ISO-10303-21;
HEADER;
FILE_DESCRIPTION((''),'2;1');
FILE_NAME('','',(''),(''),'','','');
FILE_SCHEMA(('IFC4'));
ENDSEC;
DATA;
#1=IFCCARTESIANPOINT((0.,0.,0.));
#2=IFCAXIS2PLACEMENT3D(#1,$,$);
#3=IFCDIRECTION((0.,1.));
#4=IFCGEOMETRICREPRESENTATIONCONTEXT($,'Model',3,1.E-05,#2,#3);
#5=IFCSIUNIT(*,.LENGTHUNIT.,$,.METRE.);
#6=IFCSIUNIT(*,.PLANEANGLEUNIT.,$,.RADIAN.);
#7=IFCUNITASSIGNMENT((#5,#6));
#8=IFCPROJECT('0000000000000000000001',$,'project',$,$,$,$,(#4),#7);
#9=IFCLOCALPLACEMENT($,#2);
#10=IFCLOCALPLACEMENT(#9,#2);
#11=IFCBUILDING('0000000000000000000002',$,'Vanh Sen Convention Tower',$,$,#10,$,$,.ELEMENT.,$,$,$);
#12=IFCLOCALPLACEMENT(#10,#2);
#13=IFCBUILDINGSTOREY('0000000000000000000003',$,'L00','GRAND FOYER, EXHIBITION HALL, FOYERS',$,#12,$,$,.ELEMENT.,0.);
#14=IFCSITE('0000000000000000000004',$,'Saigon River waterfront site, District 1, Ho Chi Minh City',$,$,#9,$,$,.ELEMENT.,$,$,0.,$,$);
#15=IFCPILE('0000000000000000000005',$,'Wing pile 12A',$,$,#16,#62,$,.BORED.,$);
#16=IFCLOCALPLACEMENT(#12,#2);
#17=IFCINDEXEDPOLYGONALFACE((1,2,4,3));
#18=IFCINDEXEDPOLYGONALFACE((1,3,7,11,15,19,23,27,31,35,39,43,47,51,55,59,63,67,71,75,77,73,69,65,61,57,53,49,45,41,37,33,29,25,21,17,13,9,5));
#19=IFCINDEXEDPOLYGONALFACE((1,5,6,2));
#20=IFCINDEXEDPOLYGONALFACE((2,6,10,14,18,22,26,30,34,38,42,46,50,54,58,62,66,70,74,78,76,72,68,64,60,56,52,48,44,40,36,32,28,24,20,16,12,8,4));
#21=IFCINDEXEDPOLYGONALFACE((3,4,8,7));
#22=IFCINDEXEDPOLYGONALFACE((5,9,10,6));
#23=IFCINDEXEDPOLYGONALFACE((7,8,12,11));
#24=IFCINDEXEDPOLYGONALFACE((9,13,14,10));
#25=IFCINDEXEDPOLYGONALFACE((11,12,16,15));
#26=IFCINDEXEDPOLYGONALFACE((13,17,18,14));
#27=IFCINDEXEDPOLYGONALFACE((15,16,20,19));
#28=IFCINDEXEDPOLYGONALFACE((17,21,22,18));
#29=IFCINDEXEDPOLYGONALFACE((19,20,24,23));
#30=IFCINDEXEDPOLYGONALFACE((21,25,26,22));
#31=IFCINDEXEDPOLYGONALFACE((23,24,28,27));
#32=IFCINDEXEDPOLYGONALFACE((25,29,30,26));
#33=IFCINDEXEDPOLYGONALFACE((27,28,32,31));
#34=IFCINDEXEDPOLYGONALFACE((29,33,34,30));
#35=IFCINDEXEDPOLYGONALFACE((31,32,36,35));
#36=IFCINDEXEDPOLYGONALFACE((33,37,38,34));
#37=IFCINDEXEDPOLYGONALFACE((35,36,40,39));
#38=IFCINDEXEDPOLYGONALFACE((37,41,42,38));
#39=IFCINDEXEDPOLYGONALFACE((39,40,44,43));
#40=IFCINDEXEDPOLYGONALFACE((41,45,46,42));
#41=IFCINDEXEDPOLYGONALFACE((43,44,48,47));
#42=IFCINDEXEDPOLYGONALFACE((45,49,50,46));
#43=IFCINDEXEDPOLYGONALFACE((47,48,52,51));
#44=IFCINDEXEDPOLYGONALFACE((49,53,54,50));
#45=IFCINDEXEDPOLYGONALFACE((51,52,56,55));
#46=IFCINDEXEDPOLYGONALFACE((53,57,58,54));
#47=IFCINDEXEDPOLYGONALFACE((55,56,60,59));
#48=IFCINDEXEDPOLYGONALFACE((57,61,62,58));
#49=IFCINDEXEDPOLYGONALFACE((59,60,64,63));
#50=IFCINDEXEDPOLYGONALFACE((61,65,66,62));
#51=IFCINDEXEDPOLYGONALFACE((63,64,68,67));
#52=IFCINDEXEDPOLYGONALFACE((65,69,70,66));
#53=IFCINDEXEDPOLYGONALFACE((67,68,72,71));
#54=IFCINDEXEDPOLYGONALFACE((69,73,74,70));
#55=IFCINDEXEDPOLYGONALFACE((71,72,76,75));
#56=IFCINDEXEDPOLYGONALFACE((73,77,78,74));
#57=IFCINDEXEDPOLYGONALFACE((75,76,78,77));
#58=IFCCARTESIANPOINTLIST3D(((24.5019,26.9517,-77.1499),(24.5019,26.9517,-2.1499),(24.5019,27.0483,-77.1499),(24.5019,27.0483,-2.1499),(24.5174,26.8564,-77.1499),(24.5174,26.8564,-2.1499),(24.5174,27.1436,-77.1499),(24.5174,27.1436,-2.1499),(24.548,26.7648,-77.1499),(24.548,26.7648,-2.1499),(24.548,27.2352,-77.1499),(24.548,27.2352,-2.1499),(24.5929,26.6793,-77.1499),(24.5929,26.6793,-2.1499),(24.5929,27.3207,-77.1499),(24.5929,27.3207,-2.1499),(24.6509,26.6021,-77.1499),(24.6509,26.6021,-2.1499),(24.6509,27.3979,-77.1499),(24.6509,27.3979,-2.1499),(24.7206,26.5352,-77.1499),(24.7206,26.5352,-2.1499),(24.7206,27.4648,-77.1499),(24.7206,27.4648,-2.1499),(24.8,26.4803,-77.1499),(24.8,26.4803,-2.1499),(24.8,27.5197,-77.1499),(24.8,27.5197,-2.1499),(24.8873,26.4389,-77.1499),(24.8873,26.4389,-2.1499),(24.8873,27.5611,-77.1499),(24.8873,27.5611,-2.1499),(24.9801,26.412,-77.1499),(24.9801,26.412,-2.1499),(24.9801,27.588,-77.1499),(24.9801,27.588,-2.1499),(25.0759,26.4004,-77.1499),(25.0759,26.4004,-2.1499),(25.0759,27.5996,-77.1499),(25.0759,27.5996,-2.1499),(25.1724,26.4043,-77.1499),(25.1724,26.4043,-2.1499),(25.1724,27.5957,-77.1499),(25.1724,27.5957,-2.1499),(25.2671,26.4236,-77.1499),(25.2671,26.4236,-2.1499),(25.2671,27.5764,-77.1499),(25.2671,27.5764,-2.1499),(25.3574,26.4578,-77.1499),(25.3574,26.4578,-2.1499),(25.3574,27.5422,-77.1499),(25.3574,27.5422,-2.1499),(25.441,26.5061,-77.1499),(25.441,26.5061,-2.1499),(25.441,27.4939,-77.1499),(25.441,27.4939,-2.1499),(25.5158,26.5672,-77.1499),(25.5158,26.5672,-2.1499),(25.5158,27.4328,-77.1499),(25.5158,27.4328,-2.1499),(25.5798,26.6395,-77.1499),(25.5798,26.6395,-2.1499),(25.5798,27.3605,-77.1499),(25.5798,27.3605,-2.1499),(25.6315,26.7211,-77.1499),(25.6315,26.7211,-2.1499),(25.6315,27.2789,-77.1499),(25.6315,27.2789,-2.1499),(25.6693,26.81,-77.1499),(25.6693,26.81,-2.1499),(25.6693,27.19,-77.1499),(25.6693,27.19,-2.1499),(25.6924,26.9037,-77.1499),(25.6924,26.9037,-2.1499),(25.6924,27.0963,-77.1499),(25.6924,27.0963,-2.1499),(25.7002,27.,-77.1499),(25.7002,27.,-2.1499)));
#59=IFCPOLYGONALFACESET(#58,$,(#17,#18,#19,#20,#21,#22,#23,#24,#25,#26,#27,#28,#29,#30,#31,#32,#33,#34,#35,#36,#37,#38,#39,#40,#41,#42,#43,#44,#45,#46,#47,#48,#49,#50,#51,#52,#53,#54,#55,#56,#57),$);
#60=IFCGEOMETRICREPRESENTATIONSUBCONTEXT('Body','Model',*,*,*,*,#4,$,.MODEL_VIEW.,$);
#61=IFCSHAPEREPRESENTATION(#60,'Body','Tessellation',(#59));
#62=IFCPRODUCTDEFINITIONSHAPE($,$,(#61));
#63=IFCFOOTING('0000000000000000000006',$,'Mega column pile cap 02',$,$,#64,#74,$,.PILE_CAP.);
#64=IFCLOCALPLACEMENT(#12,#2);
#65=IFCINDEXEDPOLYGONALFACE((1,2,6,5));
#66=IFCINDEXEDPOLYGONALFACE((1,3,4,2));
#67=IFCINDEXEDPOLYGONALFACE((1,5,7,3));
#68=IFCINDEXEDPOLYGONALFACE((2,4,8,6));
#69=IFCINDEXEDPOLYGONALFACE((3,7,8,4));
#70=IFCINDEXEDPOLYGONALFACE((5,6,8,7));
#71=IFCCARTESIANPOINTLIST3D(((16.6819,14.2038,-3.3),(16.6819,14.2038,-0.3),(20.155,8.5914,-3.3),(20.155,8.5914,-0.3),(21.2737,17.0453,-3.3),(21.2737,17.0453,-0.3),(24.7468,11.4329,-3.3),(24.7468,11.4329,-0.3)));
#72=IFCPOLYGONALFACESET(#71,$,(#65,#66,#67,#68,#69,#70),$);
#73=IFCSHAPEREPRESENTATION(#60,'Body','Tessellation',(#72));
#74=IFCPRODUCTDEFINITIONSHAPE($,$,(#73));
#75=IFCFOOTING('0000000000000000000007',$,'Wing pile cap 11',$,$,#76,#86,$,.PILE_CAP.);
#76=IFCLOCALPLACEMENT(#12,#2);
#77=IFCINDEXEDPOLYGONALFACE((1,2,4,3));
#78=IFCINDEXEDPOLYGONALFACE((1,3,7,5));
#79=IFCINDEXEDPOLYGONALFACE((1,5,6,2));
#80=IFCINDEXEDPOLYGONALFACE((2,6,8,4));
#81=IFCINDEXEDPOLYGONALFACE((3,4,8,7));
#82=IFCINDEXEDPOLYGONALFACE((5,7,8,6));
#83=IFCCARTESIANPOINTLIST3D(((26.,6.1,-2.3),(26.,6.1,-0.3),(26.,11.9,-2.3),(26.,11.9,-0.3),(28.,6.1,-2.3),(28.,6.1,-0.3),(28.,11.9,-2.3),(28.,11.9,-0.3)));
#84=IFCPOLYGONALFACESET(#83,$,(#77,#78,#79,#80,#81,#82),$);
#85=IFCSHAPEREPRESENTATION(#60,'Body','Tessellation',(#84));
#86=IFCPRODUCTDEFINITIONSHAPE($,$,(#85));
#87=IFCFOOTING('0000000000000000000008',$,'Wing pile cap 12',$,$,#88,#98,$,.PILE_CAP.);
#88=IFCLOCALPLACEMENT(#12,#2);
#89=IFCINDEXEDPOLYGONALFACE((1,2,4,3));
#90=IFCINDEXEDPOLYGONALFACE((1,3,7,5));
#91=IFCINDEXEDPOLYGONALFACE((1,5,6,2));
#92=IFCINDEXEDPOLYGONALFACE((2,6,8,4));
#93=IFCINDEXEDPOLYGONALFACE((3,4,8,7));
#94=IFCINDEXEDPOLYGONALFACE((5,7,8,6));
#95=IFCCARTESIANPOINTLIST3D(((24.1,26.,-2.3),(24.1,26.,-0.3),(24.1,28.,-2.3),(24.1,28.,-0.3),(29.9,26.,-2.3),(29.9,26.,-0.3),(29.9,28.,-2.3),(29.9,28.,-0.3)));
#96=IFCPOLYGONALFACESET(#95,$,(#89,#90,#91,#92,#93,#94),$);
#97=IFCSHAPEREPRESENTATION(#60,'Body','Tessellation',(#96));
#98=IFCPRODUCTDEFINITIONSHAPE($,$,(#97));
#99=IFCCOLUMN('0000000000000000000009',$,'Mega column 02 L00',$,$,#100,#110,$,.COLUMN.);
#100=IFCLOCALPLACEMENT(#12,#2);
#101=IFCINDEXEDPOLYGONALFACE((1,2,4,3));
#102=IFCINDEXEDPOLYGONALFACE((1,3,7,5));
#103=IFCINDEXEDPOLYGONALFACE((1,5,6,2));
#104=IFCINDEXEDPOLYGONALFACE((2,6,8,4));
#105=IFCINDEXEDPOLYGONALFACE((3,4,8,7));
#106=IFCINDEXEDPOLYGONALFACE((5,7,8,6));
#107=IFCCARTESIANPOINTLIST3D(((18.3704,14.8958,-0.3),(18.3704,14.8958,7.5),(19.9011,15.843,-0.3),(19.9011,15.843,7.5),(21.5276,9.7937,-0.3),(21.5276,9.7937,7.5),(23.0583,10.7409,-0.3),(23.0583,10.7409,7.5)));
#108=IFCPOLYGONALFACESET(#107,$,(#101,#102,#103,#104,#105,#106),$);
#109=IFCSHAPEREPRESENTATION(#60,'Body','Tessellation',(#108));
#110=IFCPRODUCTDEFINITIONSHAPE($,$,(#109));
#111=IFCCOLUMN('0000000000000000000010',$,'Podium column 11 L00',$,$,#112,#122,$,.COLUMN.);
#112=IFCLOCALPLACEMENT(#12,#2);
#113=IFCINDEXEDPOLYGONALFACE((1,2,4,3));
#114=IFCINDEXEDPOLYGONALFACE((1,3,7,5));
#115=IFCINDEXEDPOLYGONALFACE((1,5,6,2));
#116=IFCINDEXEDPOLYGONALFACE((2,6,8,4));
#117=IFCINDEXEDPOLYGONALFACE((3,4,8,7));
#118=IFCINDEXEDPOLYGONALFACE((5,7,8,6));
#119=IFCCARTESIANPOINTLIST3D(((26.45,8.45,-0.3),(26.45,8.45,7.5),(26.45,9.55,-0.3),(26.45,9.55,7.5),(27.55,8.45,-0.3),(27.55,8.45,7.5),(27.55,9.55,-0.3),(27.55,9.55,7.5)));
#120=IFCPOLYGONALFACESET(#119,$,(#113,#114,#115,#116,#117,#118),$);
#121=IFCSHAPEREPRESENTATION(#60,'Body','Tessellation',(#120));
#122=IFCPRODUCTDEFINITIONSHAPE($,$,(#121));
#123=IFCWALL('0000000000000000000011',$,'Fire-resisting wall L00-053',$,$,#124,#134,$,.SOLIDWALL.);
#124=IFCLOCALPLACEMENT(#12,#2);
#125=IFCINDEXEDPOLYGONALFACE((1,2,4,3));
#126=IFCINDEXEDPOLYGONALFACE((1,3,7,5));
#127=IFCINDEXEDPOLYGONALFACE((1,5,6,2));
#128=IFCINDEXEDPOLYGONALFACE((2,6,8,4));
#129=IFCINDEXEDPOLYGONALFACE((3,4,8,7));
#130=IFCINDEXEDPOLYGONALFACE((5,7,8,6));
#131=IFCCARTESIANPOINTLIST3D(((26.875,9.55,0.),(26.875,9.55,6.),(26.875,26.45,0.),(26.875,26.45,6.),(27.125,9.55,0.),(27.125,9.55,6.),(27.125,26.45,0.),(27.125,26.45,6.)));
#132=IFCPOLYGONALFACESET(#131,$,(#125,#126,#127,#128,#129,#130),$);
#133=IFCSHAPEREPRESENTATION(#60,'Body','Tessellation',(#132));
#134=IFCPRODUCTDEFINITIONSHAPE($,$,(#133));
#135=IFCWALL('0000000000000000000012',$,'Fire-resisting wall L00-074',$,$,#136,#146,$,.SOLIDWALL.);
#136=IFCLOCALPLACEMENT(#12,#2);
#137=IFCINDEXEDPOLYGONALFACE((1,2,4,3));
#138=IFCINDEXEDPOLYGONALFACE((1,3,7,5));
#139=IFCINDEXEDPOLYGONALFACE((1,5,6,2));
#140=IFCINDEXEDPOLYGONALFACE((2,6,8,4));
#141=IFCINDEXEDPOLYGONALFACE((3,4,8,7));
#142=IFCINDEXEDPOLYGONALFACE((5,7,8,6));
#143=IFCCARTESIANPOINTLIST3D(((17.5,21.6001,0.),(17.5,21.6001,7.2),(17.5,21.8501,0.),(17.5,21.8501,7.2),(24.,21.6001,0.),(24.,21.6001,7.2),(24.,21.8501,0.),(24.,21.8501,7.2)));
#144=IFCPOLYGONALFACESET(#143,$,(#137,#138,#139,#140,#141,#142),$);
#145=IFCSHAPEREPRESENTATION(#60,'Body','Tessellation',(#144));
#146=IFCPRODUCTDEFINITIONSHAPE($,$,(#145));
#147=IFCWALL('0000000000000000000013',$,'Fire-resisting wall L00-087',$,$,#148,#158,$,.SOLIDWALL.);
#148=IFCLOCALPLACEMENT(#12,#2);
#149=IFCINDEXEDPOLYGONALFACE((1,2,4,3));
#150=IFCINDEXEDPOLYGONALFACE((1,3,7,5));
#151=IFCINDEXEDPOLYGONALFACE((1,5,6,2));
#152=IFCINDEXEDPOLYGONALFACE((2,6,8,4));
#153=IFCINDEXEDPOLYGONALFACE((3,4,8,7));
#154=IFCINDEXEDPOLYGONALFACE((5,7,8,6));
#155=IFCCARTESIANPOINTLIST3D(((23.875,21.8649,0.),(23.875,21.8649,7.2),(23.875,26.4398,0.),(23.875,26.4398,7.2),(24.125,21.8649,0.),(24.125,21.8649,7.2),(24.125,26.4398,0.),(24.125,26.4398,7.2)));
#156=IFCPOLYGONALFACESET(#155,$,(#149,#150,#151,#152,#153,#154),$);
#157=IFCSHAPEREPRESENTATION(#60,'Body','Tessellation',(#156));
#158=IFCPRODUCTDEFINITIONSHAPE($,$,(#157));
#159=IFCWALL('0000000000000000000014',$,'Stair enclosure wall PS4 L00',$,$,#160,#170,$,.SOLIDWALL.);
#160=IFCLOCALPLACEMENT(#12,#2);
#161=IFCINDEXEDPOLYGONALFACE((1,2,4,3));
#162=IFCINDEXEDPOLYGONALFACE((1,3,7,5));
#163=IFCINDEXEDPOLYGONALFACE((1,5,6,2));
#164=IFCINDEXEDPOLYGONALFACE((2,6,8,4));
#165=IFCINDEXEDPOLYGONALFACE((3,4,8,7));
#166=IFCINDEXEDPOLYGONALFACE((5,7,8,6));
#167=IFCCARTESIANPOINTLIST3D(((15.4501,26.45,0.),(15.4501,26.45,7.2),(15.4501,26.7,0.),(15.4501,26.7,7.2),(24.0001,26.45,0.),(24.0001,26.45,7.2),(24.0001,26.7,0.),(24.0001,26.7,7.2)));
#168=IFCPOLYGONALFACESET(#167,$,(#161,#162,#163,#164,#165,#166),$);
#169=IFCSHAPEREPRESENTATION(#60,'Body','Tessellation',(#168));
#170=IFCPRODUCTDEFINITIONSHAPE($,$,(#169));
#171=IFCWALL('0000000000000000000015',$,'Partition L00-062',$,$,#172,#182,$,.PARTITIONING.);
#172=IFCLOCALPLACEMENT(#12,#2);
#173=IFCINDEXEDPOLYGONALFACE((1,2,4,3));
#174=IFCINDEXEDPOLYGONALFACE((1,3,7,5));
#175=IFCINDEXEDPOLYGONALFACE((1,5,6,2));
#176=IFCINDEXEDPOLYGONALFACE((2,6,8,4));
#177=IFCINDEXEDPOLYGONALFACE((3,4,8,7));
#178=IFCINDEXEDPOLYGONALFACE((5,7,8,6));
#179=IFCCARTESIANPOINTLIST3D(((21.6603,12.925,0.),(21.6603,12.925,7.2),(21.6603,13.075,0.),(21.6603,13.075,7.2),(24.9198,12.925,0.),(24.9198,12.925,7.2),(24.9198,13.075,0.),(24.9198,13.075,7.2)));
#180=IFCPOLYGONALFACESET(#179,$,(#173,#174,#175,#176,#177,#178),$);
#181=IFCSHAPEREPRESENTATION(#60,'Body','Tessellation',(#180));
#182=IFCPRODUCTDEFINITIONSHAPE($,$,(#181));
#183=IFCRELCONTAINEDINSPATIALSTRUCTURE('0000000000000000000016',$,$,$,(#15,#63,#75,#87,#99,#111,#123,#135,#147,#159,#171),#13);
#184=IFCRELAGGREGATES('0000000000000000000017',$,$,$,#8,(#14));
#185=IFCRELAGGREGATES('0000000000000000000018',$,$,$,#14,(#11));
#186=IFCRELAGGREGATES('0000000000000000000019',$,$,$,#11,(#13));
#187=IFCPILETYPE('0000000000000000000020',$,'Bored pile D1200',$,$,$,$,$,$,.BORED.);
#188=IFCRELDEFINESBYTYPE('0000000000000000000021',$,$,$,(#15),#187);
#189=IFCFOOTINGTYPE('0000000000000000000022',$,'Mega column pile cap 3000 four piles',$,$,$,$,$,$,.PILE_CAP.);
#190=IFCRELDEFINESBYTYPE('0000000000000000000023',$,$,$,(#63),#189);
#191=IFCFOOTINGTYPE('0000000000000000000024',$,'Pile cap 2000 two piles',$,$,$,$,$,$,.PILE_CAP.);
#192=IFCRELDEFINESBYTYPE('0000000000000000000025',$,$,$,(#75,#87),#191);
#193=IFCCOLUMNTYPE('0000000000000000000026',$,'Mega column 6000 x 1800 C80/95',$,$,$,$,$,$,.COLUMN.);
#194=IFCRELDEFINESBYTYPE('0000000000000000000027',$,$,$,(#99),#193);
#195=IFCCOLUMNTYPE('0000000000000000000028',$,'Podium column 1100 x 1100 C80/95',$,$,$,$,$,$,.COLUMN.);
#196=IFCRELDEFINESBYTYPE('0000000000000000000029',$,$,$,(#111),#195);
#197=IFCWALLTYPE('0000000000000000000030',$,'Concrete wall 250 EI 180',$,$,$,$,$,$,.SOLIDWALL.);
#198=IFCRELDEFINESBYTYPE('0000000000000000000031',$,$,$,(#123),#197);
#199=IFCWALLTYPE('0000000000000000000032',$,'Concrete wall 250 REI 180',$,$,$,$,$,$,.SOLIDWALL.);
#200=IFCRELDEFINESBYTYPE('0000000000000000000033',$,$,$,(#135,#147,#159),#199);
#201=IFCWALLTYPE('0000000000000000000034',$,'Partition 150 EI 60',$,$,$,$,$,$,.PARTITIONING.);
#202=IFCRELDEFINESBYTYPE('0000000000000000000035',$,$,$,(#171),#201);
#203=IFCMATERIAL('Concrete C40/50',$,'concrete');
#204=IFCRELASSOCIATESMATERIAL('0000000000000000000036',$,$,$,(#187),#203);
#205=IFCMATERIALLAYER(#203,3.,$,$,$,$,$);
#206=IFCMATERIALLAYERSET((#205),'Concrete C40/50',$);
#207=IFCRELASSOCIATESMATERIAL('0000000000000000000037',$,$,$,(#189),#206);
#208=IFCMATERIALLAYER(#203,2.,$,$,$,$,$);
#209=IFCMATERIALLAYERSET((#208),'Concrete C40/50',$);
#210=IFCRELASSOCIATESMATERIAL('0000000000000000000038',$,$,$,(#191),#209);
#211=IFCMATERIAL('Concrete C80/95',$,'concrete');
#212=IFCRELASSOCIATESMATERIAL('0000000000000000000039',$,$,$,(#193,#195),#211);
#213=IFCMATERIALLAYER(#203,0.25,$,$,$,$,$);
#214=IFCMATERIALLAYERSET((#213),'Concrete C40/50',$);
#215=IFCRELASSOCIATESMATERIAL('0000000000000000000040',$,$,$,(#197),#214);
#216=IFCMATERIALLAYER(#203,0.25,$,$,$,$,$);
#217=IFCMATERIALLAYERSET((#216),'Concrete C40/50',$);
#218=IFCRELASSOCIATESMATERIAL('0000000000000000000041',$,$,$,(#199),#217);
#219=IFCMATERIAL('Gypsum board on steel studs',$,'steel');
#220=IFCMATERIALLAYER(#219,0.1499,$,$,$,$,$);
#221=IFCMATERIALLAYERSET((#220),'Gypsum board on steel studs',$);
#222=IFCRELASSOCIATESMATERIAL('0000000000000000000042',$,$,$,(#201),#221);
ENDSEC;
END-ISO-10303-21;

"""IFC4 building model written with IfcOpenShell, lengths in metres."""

from ifc_helpers import new_model, si_unit, direction, frame, frame_2d, origin, origin_2d, place, context, subcontext, project, spatial, rectangle, circle, extrude, material, layer, layer_set, material_profile, profile_set, type_object, element, save


model = new_model("IFC4")

# Units and contexts
model_context = context("Model", 3, precision=1e-05, world=origin(), true_north=direction((0.0, 1.0)))
body_context = subcontext(model_context, "Body", "Model", "MODEL_VIEW")
ifc_project = project(units=[si_unit("LENGTHUNIT", "METRE"), si_unit("PLANEANGLEUNIT", "RADIAN")], contexts=[model_context])

# Site, building, storey
site_placement = place(None, origin())
site = spatial("IfcSite", under=ifc_project, at=site_placement, Name="Saigon River waterfront site, District 1, Ho Chi Minh City", CompositionType="ELEMENT", RefElevation=0.0)
building_placement = place(site_placement, origin())
building = spatial("IfcBuilding", under=site, at=building_placement, Name="Vanh Sen Convention Tower", CompositionType="ELEMENT")
storey_placement = place(building_placement, origin())
storey = spatial("IfcBuildingStorey", under=building, at=storey_placement, Name="L00", Description="GRAND FOYER, EXHIBITION HALL, FOYERS", CompositionType="ELEMENT", Elevation=0.0)

# Pile
ifc_material_1 = material(Name="Concrete C40/50", Category="concrete")
ifc_material_profile_1 = material_profile(ifc_material_1, circle(Radius=0.6001, at=origin_2d()), Name="Bored pile D1200")
ifc_profile_set_1 = profile_set([ifc_material_profile_1], Name="Concrete C40/50")
pile_type = type_object("IfcPileType", Name="Bored pile D1200", PredefinedType="BORED", material=ifc_profile_set_1)
for number, where, z_axis, x_axis, name in (
    (1, (25.1001, 27.0, -2.1499), (0.0, 0.0, -1.0), (1.0, 0.0, 0.0), "Wing pile 12A"),
):
    element("IfcPile", number, at=place(storey_placement, frame(where, z_axis=z_axis, x_axis=x_axis)), inside=storey, type_object=pile_type, Name=name, PredefinedType="BORED", context=body_context, shape_type="SweptSolid", body=[
        extrude(circle(Radius=0.6001, at=origin_2d()), origin(), (0.0, 0.0, 1.0), 75.0),
    ])

# Footings
ifc_layer_1 = layer(ifc_material_1, 3.0)
ifc_layer_set_1 = layer_set([ifc_layer_1], Name="Concrete C40/50")
footing_type_1 = type_object("IfcFootingType", Name="Mega column pile cap 3000 four piles", PredefinedType="PILE_CAP", material=ifc_layer_set_1)
footing_1_placement = place(storey_placement, frame((20.7144, 12.8184, -3.3), z_axis=(0.0, 0.0, 1.0), x_axis=(-0.526211, 0.850354, 0.0)))
element("IfcFooting", 2, at=footing_1_placement, inside=storey, type_object=footing_type_1, Name="Mega column pile cap 02", PredefinedType="PILE_CAP", context=body_context, shape_type="SweptSolid", body=[
    extrude(rectangle(XDim=6.6001, YDim=5.3999, at=origin_2d()), origin(), (0.0, 0.0, 1.0), 3.0),
])
ifc_layer_2 = layer(ifc_material_1, 2.0)
ifc_layer_set_2 = layer_set([ifc_layer_2], Name="Concrete C40/50")
footing_type_2 = type_object("IfcFootingType", Name="Pile cap 2000 two piles", PredefinedType="PILE_CAP", material=ifc_layer_set_2)
footing_2_placement = place(storey_placement, frame((27.0, 9.0, -2.3), z_axis=(0.0, 0.0, 1.0), x_axis=(1.0, 0.0, 0.0)))
element("IfcFooting", 3, at=footing_2_placement, inside=storey, type_object=footing_type_2, Name="Wing pile cap 11", PredefinedType="PILE_CAP", context=body_context, shape_type="SweptSolid", body=[
    extrude(rectangle(XDim=2.0, YDim=5.8, at=origin_2d()), origin(), (0.0, 0.0, 1.0), 2.0),
])
footing_3_placement = place(storey_placement, frame((27.0, 27.0, -2.3), z_axis=(0.0, 0.0, 1.0), x_axis=(1.0, 0.0, 0.0)))
element("IfcFooting", 4, at=footing_3_placement, inside=storey, type_object=footing_type_2, Name="Wing pile cap 12", PredefinedType="PILE_CAP", context=body_context, shape_type="SweptSolid", body=[
    extrude(rectangle(XDim=5.8, YDim=2.0, at=origin_2d()), origin(), (0.0, 0.0, 1.0), 2.0),
])

# Columns
ifc_material_2 = material(Name="Concrete C80/95", Category="concrete")
ifc_material_profile_2 = material_profile(ifc_material_2, rectangle(XDim=6.0, YDim=1.8, at=origin_2d()), Name="RC 6000X1800")
ifc_profile_set_2 = profile_set([ifc_material_profile_2], Name="Concrete C80/95")
column_type_1 = type_object("IfcColumnType", Name="Mega column 6000 x 1800 C80/95", PredefinedType="COLUMN", material=ifc_profile_set_2)
column_1_placement = place(storey_placement, frame((20.7144, 12.8184, -0.3), z_axis=(0.0, 0.0, 1.0), x_axis=(-0.526211, 0.850354, 0.0)))
element("IfcColumn", 5, at=column_1_placement, inside=storey, type_object=column_type_1, Name="Mega column 02 L00", PredefinedType="COLUMN", context=body_context, shape_type="SweptSolid", body=[
    extrude(rectangle(XDim=6.0, YDim=1.8, at=origin_2d()), origin(), (0.0, 0.0, 1.0), 7.8),
])
ifc_material_profile_3 = material_profile(ifc_material_2, rectangle(XDim=1.1001, YDim=1.1001, at=origin_2d()), Name="RC 1100X1100")
ifc_profile_set_3 = profile_set([ifc_material_profile_3], Name="Concrete C80/95")
column_type_2 = type_object("IfcColumnType", Name="Podium column 1100 x 1100 C80/95", PredefinedType="COLUMN", material=ifc_profile_set_3)
column_2_placement = place(storey_placement, frame((27.0, 9.0, -0.3), z_axis=(0.0, 0.0, 1.0), x_axis=(1.0, 0.0, 0.0)))
element("IfcColumn", 6, at=column_2_placement, inside=storey, type_object=column_type_2, Name="Podium column 11 L00", PredefinedType="COLUMN", context=body_context, shape_type="SweptSolid", body=[
    extrude(rectangle(XDim=1.1001, YDim=1.1001, at=origin_2d()), origin(), (0.0, 0.0, 1.0), 7.8),
])

# Wall
ifc_layer_3 = layer(ifc_material_1, 0.25)
ifc_layer_set_3 = layer_set([ifc_layer_3], Name="Concrete C40/50")
wall_type_1 = type_object("IfcWallType", Name="Concrete wall 250 EI 180", PredefinedType="SOLIDWALL", material=ifc_layer_set_3)
wall_1_placement = place(storey_placement, frame((27.0, 9.55, 0.0), z_axis=(0.0, 0.0, 1.0), x_axis=(0.0, 1.0, 0.0)))
element("IfcWall", 7, at=wall_1_placement, inside=storey, type_object=wall_type_1, Name="Fire-resisting wall L00-053", PredefinedType="SOLIDWALL", context=body_context, shape_type="SweptSolid", body=[
    extrude(rectangle(XDim=16.8999, YDim=0.25, at=frame_2d((8.45, 0.0))), origin(), (0.0, 0.0, 1.0), 6.0),
])

# Shared definitions
ifc_layer_4 = layer(ifc_material_1, 0.25)
ifc_layer_set_4 = layer_set([ifc_layer_4], Name="Concrete C40/50")
wall_type_2 = type_object("IfcWallType", Name="Concrete wall 250 REI 180", PredefinedType="SOLIDWALL", material=ifc_layer_set_4)

# Walls
wall_2_placement = place(storey_placement, frame((24.0, 21.7251, 0.0), z_axis=(0.0, 0.0, 1.0), x_axis=(-1.0, 0.0, 0.0)))
element("IfcWall", 8, at=wall_2_placement, inside=storey, type_object=wall_type_2, Name="Fire-resisting wall L00-074", PredefinedType="SOLIDWALL", context=body_context, shape_type="SweptSolid", body=[
    extrude(rectangle(XDim=6.5, YDim=0.25, at=frame_2d((3.25, 0.0))), origin(), (0.0, 0.0, 1.0), 7.2),
])
wall_3_placement = place(storey_placement, frame((24.0, 26.4399, 0.0), z_axis=(0.0, 0.0, 1.0), x_axis=(0.0, -1.0, 0.0)))
element("IfcWall", 9, at=wall_3_placement, inside=storey, type_object=wall_type_2, Name="Fire-resisting wall L00-087", PredefinedType="SOLIDWALL", context=body_context, shape_type="SweptSolid", body=[
    extrude(rectangle(XDim=4.575, YDim=0.25, at=frame_2d((2.2876, 0.0))), origin(), (0.0, 0.0, 1.0), 7.2),
])
wall_4_placement = place(storey_placement, frame((24.0, 26.575, 0.0), z_axis=(0.0, 0.0, 1.0), x_axis=(-1.0, 0.0, 0.0)))
element("IfcWall", 10, at=wall_4_placement, inside=storey, type_object=wall_type_2, Name="Stair enclosure wall PS4 L00", PredefinedType="SOLIDWALL", context=body_context, shape_type="SweptSolid", body=[
    extrude(rectangle(XDim=8.55, YDim=0.25, at=frame_2d((4.2749, 0.0))), origin(), (0.0, 0.0, 1.0), 7.2),
])
ifc_material_3 = material(Name="Gypsum board on steel studs", Category="steel")
ifc_layer_5 = layer(ifc_material_3, 0.1499)
ifc_layer_set_5 = layer_set([ifc_layer_5], Name="Gypsum board on steel studs")
wall_type_3 = type_object("IfcWallType", Name="Partition 150 EI 60", PredefinedType="PARTITIONING", material=ifc_layer_set_5)
wall_5_placement = place(storey_placement, frame((24.9199, 13.0, 0.0), z_axis=(0.0, 0.0, 1.0), x_axis=(-1.0, 0.0, 0.0)))
element("IfcWall", 11, at=wall_5_placement, inside=storey, type_object=wall_type_3, Name="Partition L00-062", PredefinedType="PARTITIONING", context=body_context, shape_type="SweptSolid", body=[
    extrude(rectangle(XDim=3.2595, YDim=0.1499, at=frame_2d((1.6299, 0.0))), origin(), (0.0, 0.0, 1.0), 7.2),
])

save(model, "model.ifc")
